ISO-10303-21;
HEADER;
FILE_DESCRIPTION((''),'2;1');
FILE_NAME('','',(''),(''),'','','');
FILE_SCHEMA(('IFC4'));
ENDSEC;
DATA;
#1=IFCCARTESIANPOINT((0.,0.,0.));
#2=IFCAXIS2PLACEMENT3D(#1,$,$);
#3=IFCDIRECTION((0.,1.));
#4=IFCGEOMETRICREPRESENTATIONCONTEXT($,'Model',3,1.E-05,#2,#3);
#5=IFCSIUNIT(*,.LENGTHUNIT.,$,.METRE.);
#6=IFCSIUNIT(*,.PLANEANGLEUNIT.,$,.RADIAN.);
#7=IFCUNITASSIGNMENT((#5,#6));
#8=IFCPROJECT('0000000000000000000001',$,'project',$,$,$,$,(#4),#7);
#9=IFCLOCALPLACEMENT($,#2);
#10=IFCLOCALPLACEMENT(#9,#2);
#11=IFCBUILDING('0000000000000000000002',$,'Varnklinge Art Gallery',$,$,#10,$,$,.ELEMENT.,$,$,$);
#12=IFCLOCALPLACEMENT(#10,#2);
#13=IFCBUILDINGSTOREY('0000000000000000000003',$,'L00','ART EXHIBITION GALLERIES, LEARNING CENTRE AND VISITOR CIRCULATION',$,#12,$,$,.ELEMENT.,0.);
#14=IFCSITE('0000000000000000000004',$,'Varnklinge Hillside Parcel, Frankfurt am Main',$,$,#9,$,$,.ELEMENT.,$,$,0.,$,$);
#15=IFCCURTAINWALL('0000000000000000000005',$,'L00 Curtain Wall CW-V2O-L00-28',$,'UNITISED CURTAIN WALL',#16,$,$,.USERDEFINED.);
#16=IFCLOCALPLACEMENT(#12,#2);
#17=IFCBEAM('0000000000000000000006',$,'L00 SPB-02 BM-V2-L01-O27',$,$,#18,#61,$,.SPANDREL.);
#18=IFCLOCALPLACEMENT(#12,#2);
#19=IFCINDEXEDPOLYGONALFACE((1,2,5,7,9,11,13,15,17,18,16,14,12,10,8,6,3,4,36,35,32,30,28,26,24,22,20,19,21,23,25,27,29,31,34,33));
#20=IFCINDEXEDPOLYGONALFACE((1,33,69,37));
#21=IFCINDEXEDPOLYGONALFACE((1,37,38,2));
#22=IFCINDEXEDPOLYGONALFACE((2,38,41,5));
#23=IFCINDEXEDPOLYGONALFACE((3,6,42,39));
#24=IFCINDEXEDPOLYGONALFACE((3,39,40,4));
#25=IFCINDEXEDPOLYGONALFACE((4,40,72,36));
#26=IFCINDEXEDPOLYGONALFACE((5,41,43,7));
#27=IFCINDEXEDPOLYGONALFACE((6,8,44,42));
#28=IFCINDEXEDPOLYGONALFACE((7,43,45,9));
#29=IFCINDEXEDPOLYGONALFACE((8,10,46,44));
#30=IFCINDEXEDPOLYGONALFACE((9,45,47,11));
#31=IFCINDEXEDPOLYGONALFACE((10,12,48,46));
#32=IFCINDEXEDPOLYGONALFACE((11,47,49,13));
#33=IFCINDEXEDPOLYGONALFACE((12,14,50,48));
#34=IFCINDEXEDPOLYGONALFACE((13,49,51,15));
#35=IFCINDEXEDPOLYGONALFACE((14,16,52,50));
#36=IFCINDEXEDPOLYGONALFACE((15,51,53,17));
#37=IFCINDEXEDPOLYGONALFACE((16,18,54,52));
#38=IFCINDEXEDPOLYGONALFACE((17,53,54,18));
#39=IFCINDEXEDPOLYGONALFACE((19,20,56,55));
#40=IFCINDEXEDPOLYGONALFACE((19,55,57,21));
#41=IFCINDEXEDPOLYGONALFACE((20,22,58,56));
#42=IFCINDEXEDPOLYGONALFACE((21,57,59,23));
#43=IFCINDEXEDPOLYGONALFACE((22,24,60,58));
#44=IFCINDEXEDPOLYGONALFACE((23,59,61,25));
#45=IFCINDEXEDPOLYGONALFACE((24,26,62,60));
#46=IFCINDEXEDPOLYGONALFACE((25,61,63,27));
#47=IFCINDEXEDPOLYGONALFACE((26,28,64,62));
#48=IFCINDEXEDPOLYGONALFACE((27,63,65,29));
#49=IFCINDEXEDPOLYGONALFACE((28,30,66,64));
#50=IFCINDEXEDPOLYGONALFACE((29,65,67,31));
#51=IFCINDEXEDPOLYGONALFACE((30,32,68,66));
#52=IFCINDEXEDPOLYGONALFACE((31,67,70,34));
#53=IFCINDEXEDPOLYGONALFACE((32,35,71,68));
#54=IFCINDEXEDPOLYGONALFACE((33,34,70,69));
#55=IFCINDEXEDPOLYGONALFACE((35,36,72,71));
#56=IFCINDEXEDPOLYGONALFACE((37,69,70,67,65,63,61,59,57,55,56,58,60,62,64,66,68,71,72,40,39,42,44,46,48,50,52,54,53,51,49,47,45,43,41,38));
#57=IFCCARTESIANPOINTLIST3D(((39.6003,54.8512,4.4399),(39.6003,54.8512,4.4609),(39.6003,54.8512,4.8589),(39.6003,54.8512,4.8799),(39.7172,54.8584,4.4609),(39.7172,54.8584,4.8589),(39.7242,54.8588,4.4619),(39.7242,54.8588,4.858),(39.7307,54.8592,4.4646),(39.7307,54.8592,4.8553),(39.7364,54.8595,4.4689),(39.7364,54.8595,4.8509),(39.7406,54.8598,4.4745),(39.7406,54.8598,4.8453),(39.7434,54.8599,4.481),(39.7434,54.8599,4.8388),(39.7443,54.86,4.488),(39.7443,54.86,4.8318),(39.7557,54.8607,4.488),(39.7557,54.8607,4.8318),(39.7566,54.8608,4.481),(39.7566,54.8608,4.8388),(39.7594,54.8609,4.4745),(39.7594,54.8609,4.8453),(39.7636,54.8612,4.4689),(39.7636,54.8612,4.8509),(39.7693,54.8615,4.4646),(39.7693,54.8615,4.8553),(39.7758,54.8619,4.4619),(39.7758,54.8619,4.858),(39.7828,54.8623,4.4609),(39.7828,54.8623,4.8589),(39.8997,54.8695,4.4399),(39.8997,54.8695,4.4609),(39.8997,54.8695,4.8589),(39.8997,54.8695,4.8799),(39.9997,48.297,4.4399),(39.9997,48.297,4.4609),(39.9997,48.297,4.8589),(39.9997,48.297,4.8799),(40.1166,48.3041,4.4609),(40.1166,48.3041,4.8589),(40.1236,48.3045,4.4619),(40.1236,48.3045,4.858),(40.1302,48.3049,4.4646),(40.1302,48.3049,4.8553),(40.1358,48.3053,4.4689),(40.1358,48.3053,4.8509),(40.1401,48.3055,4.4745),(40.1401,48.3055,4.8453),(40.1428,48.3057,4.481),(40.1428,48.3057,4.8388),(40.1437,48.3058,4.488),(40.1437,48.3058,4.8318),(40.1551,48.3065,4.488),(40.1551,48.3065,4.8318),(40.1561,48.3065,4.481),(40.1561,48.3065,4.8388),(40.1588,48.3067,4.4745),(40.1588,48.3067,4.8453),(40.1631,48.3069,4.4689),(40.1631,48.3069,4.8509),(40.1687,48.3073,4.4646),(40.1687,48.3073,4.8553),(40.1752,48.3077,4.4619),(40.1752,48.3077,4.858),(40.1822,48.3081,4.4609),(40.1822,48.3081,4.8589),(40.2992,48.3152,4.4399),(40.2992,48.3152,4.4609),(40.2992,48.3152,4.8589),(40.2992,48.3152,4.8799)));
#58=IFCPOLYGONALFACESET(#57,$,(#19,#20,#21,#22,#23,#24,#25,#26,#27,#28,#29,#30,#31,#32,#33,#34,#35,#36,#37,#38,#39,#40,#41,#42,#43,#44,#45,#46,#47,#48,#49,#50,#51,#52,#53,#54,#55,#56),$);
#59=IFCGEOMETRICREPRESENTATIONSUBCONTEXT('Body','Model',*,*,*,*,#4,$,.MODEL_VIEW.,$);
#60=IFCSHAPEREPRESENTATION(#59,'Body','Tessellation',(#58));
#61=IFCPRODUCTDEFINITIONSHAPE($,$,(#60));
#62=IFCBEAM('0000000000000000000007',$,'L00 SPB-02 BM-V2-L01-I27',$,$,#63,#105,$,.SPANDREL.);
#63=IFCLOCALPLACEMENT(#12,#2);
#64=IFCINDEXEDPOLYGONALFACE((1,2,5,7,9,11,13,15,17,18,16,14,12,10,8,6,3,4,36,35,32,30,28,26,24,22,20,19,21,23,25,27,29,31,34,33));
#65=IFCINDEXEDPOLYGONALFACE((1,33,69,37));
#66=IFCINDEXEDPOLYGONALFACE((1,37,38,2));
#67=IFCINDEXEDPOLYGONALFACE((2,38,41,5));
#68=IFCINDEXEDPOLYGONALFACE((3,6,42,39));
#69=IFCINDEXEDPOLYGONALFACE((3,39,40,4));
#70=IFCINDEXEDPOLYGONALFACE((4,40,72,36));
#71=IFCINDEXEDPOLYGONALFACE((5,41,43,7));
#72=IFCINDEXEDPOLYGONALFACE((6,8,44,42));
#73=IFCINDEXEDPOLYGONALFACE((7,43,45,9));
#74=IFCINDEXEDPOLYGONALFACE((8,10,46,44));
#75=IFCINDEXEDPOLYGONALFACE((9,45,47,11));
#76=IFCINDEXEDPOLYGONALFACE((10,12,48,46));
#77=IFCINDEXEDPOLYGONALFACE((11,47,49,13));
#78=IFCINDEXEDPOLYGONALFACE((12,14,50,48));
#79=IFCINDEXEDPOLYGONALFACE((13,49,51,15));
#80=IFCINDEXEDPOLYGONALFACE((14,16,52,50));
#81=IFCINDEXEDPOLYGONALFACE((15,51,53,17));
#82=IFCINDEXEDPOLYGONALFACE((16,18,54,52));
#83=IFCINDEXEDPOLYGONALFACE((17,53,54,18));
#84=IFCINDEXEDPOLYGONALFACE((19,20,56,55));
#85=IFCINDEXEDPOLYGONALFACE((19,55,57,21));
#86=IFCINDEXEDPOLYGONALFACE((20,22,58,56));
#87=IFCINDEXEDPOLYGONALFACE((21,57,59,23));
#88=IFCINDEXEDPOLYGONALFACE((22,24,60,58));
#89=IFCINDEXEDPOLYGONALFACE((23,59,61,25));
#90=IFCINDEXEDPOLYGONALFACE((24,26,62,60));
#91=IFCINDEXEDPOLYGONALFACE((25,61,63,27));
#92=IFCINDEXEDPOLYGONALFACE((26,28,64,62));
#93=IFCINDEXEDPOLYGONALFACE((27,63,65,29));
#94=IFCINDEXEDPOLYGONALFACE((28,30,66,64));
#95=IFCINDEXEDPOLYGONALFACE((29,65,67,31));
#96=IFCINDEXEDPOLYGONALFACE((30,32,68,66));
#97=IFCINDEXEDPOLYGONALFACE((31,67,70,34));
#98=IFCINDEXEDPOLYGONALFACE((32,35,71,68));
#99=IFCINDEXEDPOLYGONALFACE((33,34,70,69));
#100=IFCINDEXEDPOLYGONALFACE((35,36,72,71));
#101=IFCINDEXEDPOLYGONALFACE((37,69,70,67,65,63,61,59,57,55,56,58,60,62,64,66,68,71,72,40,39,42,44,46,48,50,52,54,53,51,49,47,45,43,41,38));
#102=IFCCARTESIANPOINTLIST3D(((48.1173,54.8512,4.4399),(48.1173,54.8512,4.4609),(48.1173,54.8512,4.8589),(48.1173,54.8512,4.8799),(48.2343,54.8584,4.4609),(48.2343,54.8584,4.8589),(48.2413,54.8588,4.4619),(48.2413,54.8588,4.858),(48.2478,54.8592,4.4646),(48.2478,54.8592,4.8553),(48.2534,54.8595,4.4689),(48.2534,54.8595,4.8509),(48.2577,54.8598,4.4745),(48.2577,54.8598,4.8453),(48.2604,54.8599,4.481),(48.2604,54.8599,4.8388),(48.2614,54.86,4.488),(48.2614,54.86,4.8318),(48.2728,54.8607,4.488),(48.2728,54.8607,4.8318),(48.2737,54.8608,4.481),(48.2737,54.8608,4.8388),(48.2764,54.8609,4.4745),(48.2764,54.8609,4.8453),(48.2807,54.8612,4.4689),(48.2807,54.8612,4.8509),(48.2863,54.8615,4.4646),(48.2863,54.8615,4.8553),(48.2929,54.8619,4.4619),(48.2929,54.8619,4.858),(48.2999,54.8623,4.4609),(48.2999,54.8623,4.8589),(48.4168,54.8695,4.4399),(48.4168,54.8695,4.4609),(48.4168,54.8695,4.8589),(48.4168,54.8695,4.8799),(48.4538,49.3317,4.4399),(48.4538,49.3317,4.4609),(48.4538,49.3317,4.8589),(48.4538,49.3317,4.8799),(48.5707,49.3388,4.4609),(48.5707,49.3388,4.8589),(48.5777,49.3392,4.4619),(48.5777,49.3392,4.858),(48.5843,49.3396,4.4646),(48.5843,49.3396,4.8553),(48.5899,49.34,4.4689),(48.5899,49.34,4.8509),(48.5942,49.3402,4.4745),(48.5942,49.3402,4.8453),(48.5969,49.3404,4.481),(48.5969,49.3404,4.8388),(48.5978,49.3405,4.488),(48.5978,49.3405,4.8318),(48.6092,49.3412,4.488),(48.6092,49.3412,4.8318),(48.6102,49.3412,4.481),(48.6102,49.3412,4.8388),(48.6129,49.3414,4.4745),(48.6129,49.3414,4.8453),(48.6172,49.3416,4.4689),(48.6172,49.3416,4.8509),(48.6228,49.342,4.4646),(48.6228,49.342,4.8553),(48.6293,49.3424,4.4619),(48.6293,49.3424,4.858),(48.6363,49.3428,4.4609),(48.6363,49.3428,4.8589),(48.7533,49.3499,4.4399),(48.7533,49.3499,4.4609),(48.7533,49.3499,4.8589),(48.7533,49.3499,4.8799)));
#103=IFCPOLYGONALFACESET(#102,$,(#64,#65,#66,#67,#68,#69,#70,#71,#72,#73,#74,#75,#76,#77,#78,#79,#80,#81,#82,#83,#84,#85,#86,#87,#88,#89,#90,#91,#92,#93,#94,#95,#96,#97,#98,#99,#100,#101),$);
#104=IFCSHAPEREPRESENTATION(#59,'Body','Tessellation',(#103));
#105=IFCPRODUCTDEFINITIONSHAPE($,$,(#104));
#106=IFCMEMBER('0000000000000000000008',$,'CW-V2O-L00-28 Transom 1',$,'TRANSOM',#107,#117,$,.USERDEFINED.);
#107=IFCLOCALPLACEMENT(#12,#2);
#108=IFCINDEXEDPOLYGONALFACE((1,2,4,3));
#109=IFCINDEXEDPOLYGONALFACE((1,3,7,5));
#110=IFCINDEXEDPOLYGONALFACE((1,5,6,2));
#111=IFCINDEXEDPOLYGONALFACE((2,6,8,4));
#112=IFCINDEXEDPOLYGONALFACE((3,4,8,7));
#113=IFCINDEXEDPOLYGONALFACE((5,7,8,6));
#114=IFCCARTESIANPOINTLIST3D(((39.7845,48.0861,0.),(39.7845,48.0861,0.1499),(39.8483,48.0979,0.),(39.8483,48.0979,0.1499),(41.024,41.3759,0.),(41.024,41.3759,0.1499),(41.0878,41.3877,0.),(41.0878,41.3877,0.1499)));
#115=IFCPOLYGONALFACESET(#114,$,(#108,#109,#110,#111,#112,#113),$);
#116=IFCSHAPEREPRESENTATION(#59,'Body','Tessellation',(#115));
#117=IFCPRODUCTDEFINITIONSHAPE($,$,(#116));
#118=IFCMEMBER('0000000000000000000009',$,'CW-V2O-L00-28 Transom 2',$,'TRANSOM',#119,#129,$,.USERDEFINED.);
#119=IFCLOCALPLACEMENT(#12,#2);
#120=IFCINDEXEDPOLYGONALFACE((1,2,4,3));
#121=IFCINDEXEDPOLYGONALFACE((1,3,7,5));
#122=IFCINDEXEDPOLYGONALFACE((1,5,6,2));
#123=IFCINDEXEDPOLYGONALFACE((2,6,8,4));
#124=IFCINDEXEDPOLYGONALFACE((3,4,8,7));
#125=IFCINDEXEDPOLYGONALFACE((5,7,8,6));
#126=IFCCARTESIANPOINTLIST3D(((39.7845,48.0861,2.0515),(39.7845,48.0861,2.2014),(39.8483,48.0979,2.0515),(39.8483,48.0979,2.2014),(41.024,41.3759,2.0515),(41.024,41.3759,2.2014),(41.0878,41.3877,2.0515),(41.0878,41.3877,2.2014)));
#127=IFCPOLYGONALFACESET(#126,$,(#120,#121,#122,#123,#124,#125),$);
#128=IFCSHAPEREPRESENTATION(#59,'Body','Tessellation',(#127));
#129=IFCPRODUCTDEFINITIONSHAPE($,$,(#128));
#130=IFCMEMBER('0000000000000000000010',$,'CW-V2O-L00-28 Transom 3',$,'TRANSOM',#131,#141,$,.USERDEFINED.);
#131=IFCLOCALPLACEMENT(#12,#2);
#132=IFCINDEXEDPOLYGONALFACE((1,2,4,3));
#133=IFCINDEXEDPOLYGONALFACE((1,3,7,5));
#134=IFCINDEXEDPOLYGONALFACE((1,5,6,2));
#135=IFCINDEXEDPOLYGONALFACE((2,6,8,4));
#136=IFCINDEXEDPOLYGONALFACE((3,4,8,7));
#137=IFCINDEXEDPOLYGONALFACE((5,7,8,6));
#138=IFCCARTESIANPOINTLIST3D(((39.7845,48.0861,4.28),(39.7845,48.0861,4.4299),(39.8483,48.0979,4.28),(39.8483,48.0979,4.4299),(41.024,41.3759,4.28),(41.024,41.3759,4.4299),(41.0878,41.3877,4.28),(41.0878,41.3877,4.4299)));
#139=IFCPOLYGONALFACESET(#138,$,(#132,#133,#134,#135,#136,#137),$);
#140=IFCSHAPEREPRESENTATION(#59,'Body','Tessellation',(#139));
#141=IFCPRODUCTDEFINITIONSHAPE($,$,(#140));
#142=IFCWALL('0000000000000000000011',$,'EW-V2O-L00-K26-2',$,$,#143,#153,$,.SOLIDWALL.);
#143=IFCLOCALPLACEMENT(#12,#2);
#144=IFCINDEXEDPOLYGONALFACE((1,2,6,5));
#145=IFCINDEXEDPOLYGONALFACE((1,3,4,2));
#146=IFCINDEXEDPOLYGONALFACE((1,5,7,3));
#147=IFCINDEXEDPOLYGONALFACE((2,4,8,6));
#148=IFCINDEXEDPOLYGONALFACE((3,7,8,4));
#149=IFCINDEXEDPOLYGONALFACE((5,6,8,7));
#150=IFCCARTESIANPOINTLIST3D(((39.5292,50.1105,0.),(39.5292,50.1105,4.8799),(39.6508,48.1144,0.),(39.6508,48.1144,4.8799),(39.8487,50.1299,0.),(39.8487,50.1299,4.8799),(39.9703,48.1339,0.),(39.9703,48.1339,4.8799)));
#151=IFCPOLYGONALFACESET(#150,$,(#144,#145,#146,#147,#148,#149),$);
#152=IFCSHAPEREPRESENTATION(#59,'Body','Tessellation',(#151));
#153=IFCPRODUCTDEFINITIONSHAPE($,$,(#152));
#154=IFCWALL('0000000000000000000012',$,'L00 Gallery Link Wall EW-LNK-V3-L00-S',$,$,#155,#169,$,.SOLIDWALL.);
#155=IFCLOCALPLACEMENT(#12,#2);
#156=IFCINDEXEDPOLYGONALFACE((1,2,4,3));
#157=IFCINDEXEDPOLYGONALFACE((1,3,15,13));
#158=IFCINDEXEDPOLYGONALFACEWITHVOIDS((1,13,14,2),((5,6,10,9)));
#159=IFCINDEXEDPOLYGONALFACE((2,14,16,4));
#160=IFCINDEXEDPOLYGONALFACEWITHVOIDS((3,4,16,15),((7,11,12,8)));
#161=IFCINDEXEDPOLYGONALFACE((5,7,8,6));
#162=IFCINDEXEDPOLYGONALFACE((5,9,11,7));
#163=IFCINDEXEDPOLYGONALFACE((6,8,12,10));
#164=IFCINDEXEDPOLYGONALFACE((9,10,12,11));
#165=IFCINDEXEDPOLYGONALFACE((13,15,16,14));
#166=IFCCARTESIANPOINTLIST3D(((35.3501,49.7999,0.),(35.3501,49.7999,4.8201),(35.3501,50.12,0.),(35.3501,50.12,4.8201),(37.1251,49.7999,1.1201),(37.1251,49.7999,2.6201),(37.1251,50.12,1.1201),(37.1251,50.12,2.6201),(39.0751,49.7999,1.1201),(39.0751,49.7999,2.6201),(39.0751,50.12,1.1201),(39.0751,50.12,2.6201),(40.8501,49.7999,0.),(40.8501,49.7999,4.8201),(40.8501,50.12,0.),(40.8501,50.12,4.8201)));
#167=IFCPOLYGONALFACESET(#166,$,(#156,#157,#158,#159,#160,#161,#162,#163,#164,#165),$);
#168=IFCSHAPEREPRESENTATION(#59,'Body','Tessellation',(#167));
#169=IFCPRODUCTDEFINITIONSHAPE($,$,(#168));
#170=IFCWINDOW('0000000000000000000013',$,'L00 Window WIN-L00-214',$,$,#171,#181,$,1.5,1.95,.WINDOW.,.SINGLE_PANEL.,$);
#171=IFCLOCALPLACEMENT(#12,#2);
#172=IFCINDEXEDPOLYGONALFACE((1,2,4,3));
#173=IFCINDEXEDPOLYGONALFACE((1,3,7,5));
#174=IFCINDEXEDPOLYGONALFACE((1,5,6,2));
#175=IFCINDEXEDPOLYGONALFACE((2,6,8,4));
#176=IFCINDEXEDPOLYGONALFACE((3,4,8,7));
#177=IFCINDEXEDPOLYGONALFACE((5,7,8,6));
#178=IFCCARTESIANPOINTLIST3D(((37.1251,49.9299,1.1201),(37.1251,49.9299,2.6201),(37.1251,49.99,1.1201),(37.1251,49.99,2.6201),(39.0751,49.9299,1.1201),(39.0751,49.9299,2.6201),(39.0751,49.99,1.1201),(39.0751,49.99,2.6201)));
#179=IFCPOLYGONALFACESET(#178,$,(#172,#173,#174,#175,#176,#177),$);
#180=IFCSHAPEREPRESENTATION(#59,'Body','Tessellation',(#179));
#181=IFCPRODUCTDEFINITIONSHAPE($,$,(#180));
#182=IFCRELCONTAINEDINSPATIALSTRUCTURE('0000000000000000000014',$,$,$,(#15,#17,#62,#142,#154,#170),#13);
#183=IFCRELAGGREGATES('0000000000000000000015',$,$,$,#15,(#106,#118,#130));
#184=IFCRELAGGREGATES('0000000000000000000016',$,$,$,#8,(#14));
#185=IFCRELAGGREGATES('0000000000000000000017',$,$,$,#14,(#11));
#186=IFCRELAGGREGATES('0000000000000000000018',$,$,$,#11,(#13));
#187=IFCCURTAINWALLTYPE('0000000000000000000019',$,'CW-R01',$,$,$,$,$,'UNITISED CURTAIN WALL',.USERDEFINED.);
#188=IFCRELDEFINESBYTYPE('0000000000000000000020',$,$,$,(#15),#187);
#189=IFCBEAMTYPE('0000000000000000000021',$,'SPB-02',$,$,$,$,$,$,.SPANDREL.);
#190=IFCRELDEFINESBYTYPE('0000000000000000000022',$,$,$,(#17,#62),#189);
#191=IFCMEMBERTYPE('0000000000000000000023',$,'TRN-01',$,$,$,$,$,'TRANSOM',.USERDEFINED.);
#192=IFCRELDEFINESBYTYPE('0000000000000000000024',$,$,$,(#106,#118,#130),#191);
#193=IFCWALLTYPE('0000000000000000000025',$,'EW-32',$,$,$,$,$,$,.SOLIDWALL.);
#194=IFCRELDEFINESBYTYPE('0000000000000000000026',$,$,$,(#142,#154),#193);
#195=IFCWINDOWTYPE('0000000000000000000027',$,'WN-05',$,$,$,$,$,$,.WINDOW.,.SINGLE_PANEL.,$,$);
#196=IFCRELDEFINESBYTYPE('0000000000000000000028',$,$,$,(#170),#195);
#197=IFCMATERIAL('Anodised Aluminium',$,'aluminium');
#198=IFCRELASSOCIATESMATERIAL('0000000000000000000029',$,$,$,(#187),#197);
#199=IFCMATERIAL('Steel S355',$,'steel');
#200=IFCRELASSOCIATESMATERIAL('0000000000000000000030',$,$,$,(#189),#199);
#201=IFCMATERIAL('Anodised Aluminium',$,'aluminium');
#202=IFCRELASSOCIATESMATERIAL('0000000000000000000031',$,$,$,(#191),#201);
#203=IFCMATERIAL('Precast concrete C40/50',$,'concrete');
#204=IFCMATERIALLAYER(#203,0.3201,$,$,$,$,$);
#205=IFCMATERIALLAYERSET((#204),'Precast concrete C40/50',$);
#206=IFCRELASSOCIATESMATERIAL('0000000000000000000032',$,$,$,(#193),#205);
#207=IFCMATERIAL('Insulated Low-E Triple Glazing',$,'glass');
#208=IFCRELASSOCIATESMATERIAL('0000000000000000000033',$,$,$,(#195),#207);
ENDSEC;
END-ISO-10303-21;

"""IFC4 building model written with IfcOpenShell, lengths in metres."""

from ifc_helpers import new_model, si_unit, direction, frame, frame_2d, origin, origin_2d, place, context, subcontext, project, spatial, rectangle, i_section, extrude, material, layer, layer_set, material_profile, profile_set, type_object, element, fill, aggregate, save


model = new_model("IFC4")

# Units and contexts
model_context = context("Model", 3, precision=1e-05, world=origin(), true_north=direction((0.0, 1.0)))
body_context = subcontext(model_context, "Body", "Model", "MODEL_VIEW")
ifc_project = project(units=[si_unit("LENGTHUNIT", "METRE"), si_unit("PLANEANGLEUNIT", "RADIAN")], contexts=[model_context])

# Site, building, storey
site_placement = place(None, origin())
site = spatial("IfcSite", under=ifc_project, at=site_placement, Name="Varnklinge Hillside Parcel, Frankfurt am Main", CompositionType="ELEMENT", RefElevation=0.0)
building_placement = place(site_placement, origin())
building = spatial("IfcBuilding", under=site, at=building_placement, Name="Varnklinge Art Gallery", CompositionType="ELEMENT")
storey_placement = place(building_placement, origin())
storey = spatial("IfcBuildingStorey", under=building, at=storey_placement, Name="L00", Description="ART EXHIBITION GALLERIES, LEARNING CENTRE AND VISITOR CIRCULATION", CompositionType="ELEMENT", Elevation=0.0)

# Curtain wall
ifc_material_1 = material(Name="Anodised Aluminium", Category="aluminium")
curtain_wall_type = type_object("IfcCurtainWallType", Name="CW-R01", ElementType="UNITISED CURTAIN WALL", PredefinedType="USERDEFINED", material=ifc_material_1)
curtain_wall_placement = place(storey_placement, origin())
curtain_wall = element("IfcCurtainWall", 1, at=curtain_wall_placement, inside=storey, type_object=curtain_wall_type, Name="L00 Curtain Wall CW-V2O-L00-28", ObjectType="UNITISED CURTAIN WALL", PredefinedType="USERDEFINED")

# Beams
ifc_material_2 = material(Name="Steel S355", Category="steel")
ifc_material_profile_1 = material_profile(ifc_material_2, i_section(OverallWidth=0.3, OverallDepth=0.4399, WebThickness=0.0115, FlangeThickness=0.021, FilletRadius=0.0271, at=origin_2d()), Name="HEA 450")
ifc_profile_set_1 = profile_set([ifc_material_profile_1], Name="Steel S355")
beam_type_1 = type_object("IfcBeamType", Name="SPB-02", PredefinedType="SPANDREL", material=ifc_profile_set_1)
beam_1_placement = place(storey_placement, frame((39.75, 54.8604, 4.6599), z_axis=(0.060827, -0.998148, 0.0), x_axis=(0.998148, 0.060827, 0.0)))
element("IfcBeam", 2, at=beam_1_placement, inside=storey, type_object=beam_type_1, Name="L00 SPB-02 BM-V2-L01-O27", PredefinedType="SPANDREL", context=body_context, shape_type="SweptSolid", body=[
    extrude(i_section(OverallWidth=0.3, OverallDepth=0.4399, WebThickness=0.0115, FlangeThickness=0.021, FilletRadius=0.0271, at=origin_2d()), origin(), (0.0, 0.0, 1.0), 6.5664),
])
beam_2_placement = place(storey_placement, frame((48.2671, 54.8604, 4.6599), z_axis=(0.060839, -0.998148, 0.0), x_axis=(0.998148, 0.060839, 0.0)))
element("IfcBeam", 3, at=beam_2_placement, inside=storey, type_object=beam_type_1, Name="L00 SPB-02 BM-V2-L01-I27", PredefinedType="SPANDREL", context=body_context, shape_type="SweptSolid", body=[
    extrude(i_section(OverallWidth=0.3, OverallDepth=0.4399, WebThickness=0.0115, FlangeThickness=0.021, FilletRadius=0.0271, at=origin_2d()), origin(), (0.0, 0.0, 1.0), 5.5298),
])

# Members
ifc_material_3 = material(Name="Anodised Aluminium", Category="aluminium")
ifc_material_profile_2 = material_profile(ifc_material_3, rectangle(XDim=0.0649, YDim=0.1499, at=origin_2d()), Name="ALU 65x150")
ifc_profile_set_2 = profile_set([ifc_material_profile_2], Name="Anodised Aluminium")
member_type_1 = type_object("IfcMemberType", Name="TRN-01", ElementType="TRANSOM", PredefinedType="USERDEFINED", material=ifc_profile_set_2)
member_1_placement = place(storey_placement, frame((39.8164, 48.092, 0.075), z_axis=(0.181646, -0.983364, 0.0), x_axis=(0.983364, 0.181646, 0.0)))
member_1 = element("IfcMember", 4, at=member_1_placement, type_object=member_type_1, Name="CW-V2O-L00-28 Transom 1", ObjectType="TRANSOM", PredefinedType="USERDEFINED", context=body_context, shape_type="SweptSolid", body=[
    extrude(rectangle(XDim=0.0649, YDim=0.1499, at=origin_2d()), origin(), (0.0, 0.0, 1.0), 6.8237),
])
member_2_placement = place(storey_placement, frame((39.8164, 48.092, 2.1265), z_axis=(0.181646, -0.983364, 0.0), x_axis=(0.983364, 0.181646, 0.0)))
member_2 = element("IfcMember", 5, at=member_2_placement, type_object=member_type_1, Name="CW-V2O-L00-28 Transom 2", ObjectType="TRANSOM", PredefinedType="USERDEFINED", context=body_context, shape_type="SweptSolid", body=[
    extrude(rectangle(XDim=0.0649, YDim=0.1499, at=origin_2d()), origin(), (0.0, 0.0, 1.0), 6.8237),
])
member_3_placement = place(storey_placement, frame((39.8164, 48.092, 4.355), z_axis=(0.181646, -0.983364, 0.0), x_axis=(0.983364, 0.181646, 0.0)))
member_3 = element("IfcMember", 6, at=member_3_placement, type_object=member_type_1, Name="CW-V2O-L00-28 Transom 3", ObjectType="TRANSOM", PredefinedType="USERDEFINED", context=body_context, shape_type="SweptSolid", body=[
    extrude(rectangle(XDim=0.0649, YDim=0.1499, at=origin_2d()), origin(), (0.0, 0.0, 1.0), 6.8237),
])
aggregate(curtain_wall, [member_1, member_2, member_3])

# Wall
ifc_material_4 = material(Name="Precast concrete C40/50", Category="concrete")
ifc_layer_1 = layer(ifc_material_4, 0.3201)
ifc_layer_set_1 = layer_set([ifc_layer_1], Name="Precast concrete C40/50")
wall_type_1 = type_object("IfcWallType", Name="EW-32", PredefinedType="SOLIDWALL", material=ifc_layer_set_1)
wall_1_placement = place(storey_placement, frame((39.8105, 48.124, 0.0), z_axis=(0.0, 0.0, 1.0), x_axis=(-0.060797, 0.99815, 0.0)))
element("IfcWall", 7, at=wall_1_placement, inside=storey, type_object=wall_type_1, Name="EW-V2O-L00-K26-2", PredefinedType="SOLIDWALL", context=body_context, shape_type="SweptSolid", body=[
    extrude(rectangle(XDim=1.9998, YDim=0.3201, at=frame_2d((1.0, 0.0))), origin(), (0.0, 0.0, 1.0), 4.8799),
])

# Wall, opening, window
wall_2_placement = place(storey_placement, frame((40.8501, 49.96, 0.0), z_axis=(0.0, 0.0, 1.0), x_axis=(-1.0, 0.0, 0.0)))
wall_2 = element("IfcWall", 8, at=wall_2_placement, inside=storey, type_object=wall_type_1, Name="L00 Gallery Link Wall EW-LNK-V3-L00-S", PredefinedType="SOLIDWALL", context=body_context, shape_type="SweptSolid", body=[
    extrude(rectangle(XDim=5.5, YDim=0.3201, at=frame_2d((2.75, 0.0))), origin(), (0.0, 0.0, 1.0), 4.8201),
])
opening_1_placement = place(wall_2_placement, frame((1.7749, 0.0, 1.1201)))
opening_1 = element("IfcOpeningElement", 9, at=opening_1_placement, cuts=wall_2, PredefinedType="OPENING", context=body_context, shape_type="SweptSolid", body=[
    extrude(rectangle(XDim=1.95, YDim=1.5, at=frame_2d((0.9751, 0.75))), frame((0.0, 0.1702, 0.0), z_axis=(0.0, -1.0, 0.0), x_axis=(1.0, 0.0, 0.0)), (0.0, 0.0, 1.0), 0.3401),
])
ifc_material_5 = material(Name="Insulated Low-E Triple Glazing", Category="glass")
window_type = type_object("IfcWindowType", Name="WN-05", PartitioningType="SINGLE_PANEL", PredefinedType="WINDOW", material=ifc_material_5)
window_placement = place(opening_1_placement, origin())
window = element("IfcWindow", 10, at=window_placement, inside=storey, type_object=window_type, Name="L00 Window WIN-L00-214", OverallHeight=1.5, OverallWidth=1.95, PartitioningType="SINGLE_PANEL", PredefinedType="WINDOW", context=body_context, shape_type="SweptSolid", body=[
    extrude(rectangle(XDim=1.95, YDim=1.5, at=frame_2d((0.9751, 0.75))), frame((0.0, 0.03, 0.0), z_axis=(0.0, -1.0, 0.0), x_axis=(1.0, 0.0, 0.0)), (0.0, 0.0, 1.0), 0.0601),
])
fill(opening_1, window)

save(model, "model.ifc")
